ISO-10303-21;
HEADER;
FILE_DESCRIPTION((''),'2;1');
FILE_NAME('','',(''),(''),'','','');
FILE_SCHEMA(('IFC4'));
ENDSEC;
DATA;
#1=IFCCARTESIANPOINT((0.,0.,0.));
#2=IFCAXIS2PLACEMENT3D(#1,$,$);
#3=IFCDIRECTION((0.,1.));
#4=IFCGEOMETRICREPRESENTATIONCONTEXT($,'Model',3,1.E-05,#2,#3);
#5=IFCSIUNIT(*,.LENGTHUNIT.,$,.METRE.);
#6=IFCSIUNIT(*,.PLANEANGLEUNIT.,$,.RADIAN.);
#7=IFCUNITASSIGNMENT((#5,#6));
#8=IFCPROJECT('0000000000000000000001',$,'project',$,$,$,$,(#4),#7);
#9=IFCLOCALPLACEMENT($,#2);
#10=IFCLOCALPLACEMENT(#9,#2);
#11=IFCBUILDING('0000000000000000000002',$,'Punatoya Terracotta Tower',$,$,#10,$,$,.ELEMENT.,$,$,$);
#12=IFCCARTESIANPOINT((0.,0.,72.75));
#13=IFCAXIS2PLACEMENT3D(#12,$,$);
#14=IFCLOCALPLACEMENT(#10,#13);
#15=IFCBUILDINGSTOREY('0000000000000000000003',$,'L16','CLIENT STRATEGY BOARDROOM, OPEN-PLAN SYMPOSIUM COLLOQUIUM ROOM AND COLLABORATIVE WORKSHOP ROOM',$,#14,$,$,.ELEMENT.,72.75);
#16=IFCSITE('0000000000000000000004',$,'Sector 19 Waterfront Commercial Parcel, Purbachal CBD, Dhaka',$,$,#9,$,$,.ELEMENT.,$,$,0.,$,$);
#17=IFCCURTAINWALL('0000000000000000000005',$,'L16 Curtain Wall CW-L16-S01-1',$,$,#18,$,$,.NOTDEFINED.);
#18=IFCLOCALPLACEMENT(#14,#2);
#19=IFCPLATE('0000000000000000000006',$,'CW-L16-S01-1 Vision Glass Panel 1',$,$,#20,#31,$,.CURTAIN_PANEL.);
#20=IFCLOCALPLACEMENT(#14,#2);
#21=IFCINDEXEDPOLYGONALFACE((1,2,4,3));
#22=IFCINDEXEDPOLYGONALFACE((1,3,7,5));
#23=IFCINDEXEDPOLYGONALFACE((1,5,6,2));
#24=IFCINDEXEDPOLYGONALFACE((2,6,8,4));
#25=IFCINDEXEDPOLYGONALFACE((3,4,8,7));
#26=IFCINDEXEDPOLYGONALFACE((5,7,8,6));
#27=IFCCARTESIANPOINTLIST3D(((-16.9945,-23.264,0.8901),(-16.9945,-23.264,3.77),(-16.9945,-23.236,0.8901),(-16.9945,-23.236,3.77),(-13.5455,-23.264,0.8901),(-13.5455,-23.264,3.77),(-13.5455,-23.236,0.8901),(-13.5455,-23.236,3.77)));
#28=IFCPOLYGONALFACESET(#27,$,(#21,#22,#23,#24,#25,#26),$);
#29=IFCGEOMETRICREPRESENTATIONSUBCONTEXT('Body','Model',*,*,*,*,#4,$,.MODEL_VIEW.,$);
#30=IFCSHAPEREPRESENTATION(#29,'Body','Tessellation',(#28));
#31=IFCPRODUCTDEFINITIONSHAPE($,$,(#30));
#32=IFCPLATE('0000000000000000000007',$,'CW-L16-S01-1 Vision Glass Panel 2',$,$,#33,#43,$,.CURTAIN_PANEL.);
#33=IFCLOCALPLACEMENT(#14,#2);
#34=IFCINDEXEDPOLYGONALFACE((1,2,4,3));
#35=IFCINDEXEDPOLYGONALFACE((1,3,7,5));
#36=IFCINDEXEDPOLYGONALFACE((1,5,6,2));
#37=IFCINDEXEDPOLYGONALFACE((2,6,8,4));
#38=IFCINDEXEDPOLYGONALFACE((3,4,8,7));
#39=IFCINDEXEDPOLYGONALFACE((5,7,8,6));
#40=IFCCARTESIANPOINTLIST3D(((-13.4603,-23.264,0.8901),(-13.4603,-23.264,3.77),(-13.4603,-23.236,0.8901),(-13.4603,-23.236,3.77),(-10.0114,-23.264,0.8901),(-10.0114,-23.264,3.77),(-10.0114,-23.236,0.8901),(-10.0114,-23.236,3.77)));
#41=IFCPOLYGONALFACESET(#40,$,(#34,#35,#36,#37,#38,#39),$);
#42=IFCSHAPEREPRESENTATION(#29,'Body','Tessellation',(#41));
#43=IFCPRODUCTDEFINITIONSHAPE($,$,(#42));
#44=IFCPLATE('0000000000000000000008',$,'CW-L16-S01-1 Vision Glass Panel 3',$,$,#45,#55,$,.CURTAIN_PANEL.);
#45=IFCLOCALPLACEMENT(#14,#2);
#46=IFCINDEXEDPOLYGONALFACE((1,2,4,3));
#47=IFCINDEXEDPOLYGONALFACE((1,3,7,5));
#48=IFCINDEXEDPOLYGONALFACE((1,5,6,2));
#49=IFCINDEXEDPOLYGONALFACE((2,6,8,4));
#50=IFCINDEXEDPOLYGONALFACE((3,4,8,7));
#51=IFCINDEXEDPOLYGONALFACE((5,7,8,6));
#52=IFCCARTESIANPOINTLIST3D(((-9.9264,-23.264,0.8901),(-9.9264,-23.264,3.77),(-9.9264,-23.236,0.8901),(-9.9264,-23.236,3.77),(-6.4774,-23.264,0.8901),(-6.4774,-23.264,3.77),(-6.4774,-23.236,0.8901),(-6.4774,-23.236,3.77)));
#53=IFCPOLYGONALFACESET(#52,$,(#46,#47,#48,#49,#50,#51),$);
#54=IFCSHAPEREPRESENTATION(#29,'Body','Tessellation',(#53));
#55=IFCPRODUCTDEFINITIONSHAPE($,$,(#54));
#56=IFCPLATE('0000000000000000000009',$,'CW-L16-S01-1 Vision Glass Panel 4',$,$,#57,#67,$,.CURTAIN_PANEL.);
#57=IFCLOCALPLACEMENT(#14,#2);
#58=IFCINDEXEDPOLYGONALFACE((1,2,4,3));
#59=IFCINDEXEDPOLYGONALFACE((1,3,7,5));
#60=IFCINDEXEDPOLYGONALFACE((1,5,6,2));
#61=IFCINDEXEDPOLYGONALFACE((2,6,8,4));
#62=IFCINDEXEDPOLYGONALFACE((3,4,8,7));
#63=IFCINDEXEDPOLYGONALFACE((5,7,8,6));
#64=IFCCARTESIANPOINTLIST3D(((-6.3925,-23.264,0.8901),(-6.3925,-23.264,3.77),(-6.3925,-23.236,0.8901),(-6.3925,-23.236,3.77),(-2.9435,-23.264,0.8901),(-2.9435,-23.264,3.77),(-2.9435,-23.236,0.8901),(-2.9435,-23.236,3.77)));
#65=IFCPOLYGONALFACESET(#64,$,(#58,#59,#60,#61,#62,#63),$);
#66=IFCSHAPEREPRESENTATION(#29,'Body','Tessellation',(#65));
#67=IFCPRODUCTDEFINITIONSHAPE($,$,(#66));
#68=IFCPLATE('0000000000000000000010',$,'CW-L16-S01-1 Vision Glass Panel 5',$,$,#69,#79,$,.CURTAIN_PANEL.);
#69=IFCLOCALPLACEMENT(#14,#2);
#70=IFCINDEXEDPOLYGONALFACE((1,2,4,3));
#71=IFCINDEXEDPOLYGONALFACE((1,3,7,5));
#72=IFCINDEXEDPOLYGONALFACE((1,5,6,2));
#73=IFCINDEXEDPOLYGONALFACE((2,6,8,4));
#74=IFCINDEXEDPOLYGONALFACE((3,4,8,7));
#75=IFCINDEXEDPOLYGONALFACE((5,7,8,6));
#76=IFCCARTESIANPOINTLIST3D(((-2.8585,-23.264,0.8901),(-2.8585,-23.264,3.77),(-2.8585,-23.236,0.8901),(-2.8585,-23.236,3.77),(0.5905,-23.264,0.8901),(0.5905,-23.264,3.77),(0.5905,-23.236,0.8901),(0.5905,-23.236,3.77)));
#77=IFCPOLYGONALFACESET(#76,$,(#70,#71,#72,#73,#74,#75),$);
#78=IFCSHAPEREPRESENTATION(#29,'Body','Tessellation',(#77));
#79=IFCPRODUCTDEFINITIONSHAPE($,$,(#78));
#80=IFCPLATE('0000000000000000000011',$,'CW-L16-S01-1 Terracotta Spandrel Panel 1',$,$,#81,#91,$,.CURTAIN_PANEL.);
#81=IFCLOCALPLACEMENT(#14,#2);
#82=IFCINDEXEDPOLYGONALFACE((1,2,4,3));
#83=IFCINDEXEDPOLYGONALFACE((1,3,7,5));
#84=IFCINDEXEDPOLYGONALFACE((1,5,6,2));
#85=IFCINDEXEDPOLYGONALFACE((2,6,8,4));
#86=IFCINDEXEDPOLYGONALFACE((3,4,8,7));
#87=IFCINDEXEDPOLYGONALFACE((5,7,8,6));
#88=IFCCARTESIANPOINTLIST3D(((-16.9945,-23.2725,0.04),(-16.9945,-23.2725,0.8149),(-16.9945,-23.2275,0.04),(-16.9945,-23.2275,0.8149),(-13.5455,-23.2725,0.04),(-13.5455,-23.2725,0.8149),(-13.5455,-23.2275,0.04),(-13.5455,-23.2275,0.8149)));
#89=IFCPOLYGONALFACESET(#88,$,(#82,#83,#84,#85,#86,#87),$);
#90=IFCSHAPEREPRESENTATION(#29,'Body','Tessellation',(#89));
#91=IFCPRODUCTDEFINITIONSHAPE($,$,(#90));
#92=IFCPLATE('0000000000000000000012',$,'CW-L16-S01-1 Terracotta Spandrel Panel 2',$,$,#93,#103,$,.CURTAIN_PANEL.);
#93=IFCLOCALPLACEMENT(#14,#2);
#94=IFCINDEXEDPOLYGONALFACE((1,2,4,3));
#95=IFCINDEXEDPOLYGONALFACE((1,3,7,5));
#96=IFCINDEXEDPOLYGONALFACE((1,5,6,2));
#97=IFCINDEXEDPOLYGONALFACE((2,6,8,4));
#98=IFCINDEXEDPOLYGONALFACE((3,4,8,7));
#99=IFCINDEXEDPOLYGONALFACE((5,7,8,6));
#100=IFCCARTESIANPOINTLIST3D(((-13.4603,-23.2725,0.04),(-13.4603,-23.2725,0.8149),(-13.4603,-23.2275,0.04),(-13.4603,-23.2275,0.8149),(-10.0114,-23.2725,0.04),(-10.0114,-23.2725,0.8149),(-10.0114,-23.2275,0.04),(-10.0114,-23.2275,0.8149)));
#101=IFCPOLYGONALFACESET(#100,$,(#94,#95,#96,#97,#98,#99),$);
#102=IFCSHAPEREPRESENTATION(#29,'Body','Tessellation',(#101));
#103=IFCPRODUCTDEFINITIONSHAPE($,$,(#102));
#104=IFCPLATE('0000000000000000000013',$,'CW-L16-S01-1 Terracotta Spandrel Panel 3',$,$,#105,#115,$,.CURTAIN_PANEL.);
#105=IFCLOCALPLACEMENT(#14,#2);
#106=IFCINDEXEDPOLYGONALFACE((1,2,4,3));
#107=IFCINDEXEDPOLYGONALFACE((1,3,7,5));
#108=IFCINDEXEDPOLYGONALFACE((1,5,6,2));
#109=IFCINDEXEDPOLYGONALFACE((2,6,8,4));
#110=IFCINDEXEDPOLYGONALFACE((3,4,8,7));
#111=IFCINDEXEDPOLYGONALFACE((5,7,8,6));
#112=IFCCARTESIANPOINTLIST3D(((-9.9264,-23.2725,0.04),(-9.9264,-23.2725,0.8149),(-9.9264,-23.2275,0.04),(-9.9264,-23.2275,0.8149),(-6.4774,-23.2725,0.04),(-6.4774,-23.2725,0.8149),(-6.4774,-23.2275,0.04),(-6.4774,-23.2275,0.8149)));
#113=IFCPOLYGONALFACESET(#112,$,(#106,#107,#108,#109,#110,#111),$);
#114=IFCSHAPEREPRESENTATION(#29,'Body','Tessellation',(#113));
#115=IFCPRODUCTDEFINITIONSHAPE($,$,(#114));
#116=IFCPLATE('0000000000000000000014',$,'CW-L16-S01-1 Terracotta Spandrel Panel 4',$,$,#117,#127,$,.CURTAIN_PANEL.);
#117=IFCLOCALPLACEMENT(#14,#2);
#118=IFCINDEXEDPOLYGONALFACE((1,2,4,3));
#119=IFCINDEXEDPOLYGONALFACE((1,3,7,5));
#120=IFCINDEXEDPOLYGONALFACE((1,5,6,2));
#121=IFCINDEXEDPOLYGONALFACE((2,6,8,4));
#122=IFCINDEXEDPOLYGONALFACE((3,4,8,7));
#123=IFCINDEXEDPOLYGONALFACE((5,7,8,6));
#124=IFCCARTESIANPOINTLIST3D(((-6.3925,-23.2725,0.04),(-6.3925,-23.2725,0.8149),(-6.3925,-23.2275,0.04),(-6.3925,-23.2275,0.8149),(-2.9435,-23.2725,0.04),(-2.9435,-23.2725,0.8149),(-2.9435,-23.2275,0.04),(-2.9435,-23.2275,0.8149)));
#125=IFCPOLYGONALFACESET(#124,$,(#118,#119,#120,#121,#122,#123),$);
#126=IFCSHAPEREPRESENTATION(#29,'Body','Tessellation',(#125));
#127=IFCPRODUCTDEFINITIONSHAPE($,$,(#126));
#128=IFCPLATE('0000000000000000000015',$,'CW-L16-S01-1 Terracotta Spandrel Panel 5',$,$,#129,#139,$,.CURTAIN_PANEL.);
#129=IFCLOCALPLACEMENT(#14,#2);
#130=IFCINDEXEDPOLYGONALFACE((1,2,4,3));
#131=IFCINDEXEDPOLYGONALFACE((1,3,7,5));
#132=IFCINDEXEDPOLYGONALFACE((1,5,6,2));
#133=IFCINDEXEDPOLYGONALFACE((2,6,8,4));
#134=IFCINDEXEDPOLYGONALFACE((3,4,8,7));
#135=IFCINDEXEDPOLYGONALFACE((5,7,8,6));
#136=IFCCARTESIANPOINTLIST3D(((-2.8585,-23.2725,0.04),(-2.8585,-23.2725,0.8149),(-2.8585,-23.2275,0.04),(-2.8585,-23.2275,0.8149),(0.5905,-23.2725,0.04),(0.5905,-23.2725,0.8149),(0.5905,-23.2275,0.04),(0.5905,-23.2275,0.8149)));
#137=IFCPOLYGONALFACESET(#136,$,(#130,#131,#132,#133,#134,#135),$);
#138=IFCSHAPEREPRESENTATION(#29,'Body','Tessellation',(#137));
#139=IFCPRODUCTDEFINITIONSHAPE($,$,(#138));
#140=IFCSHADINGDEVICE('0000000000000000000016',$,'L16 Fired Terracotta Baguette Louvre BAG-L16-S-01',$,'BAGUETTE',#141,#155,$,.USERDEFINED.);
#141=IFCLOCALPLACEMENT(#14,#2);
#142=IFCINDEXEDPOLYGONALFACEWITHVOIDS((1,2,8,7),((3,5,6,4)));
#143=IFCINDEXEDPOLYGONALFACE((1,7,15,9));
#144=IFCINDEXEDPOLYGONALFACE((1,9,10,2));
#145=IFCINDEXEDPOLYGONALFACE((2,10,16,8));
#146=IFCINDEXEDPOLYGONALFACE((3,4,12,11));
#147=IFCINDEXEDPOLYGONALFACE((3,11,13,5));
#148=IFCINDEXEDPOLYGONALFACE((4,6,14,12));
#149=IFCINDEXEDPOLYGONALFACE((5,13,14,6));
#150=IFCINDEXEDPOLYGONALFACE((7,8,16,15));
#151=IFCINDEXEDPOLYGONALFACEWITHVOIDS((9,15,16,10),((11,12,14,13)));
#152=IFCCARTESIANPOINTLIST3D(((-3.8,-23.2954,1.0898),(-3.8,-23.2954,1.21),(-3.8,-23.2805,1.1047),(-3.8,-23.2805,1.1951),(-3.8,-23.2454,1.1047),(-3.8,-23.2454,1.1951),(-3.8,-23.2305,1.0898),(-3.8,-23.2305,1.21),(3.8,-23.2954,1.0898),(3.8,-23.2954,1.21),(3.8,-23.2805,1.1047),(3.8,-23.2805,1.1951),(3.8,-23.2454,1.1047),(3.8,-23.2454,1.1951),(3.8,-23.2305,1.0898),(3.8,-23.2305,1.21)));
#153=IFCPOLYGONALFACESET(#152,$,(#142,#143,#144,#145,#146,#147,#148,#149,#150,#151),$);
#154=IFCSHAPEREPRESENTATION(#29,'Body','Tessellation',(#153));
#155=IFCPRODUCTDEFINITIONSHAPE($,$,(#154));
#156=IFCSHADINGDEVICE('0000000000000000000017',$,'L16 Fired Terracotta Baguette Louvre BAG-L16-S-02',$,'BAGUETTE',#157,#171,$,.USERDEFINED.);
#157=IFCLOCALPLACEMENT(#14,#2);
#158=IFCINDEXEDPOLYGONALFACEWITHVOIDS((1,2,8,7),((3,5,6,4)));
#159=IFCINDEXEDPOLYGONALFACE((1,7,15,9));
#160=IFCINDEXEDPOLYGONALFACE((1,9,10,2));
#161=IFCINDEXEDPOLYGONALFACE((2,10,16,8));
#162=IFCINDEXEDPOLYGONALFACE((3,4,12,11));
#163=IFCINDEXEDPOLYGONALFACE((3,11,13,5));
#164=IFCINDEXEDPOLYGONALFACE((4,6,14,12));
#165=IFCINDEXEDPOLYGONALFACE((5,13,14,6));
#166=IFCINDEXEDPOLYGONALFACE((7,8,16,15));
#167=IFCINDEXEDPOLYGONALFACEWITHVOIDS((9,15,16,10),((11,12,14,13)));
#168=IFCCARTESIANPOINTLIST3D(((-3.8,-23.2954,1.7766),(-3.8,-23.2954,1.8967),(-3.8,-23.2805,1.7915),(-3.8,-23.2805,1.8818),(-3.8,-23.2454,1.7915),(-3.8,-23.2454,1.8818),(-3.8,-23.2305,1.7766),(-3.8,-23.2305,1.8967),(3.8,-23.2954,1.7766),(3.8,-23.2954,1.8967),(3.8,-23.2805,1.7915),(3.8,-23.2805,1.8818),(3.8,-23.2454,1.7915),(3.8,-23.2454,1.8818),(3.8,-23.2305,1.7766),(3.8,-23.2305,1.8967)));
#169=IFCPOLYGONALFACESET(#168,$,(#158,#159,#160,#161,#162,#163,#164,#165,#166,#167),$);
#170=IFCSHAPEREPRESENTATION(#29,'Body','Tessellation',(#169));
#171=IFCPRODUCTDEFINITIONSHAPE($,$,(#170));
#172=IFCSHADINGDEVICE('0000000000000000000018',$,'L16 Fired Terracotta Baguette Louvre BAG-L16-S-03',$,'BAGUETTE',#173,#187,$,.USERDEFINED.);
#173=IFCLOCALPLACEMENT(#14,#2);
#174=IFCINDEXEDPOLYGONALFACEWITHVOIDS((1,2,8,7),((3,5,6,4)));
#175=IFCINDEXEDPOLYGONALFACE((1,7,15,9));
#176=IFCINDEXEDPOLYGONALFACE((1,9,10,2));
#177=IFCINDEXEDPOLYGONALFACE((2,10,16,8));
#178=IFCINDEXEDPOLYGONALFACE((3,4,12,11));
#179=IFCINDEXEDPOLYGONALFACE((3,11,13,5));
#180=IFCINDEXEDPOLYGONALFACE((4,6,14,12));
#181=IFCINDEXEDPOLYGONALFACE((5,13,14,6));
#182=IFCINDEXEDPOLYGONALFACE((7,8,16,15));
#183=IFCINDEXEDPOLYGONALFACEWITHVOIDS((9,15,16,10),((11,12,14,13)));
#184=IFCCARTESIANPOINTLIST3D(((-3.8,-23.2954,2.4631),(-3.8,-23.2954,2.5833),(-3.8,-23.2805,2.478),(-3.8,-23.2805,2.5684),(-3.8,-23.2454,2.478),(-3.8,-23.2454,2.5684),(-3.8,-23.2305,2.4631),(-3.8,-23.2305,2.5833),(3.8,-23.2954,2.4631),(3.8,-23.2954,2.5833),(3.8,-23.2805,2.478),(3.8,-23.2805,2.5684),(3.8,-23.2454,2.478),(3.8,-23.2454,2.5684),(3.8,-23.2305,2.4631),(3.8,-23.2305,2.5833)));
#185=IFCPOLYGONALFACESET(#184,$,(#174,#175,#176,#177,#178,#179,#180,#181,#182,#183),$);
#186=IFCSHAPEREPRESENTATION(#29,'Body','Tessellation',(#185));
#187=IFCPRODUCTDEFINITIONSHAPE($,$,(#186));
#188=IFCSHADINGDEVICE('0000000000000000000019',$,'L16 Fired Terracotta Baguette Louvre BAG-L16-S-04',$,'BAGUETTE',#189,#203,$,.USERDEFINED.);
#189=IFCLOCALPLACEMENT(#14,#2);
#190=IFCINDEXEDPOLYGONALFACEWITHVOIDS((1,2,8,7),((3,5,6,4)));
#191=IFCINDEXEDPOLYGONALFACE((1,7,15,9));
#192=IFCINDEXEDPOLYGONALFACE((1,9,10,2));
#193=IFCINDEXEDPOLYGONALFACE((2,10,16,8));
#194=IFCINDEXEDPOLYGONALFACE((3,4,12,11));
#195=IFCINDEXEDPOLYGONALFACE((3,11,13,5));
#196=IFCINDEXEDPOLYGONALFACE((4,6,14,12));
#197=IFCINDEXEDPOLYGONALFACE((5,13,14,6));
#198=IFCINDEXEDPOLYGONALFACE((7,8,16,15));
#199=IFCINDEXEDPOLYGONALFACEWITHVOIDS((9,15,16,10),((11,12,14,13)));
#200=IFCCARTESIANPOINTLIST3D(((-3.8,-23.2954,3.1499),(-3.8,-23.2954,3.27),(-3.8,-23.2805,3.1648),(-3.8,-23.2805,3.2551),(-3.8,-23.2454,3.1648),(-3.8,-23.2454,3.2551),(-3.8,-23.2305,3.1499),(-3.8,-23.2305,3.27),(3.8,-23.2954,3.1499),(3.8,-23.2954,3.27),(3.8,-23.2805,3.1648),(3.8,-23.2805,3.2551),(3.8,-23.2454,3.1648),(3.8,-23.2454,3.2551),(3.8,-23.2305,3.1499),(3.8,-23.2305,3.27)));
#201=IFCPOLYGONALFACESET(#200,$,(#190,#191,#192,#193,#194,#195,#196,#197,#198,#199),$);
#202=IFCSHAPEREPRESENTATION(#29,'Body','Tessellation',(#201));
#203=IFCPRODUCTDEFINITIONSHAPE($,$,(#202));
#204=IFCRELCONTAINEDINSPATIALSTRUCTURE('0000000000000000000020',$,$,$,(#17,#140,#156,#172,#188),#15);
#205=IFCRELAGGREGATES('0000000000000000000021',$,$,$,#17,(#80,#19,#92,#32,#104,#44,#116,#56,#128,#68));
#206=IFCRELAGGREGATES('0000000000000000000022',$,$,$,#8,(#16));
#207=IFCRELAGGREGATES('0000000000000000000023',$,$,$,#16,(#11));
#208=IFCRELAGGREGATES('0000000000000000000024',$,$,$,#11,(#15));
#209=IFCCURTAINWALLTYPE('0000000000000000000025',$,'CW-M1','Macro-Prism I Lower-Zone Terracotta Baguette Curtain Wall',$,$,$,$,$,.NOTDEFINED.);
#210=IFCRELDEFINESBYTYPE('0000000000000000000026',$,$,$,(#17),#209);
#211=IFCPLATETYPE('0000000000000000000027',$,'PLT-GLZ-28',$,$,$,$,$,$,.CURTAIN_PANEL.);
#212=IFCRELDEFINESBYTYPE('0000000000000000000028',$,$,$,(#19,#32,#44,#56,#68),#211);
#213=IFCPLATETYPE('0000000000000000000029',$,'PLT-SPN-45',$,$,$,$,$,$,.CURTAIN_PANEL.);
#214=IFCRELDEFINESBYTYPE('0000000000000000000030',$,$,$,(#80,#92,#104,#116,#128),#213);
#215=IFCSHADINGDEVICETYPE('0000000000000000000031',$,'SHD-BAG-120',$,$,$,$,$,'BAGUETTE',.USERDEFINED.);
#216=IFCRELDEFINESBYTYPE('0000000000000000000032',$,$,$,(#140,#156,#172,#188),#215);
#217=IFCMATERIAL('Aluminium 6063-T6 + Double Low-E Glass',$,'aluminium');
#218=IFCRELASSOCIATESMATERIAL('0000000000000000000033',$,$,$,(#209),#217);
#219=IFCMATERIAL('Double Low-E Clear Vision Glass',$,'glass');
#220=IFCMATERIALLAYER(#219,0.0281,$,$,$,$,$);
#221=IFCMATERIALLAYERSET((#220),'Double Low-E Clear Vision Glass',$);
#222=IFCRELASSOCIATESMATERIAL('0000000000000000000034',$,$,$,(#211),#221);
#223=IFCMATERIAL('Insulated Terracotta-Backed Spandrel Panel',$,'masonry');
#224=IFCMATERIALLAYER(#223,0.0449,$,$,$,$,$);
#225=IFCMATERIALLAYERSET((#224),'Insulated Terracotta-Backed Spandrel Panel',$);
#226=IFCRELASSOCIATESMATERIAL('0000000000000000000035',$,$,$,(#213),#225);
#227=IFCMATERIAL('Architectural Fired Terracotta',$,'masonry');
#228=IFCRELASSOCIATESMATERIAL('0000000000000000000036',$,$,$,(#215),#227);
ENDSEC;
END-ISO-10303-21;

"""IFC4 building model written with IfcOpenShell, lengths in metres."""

from ifc_helpers import new_model, si_unit, direction, frame, origin, origin_2d, place, context, subcontext, project, spatial, rectangle, hollow_rectangle, extrude, material, layer, layer_set, material_profile, profile_set, type_object, element, aggregate, save


model = new_model("IFC4")

# Units and contexts
model_context = context("Model", 3, precision=1e-05, world=origin(), true_north=direction((0.0, 1.0)))
body_context = subcontext(model_context, "Body", "Model", "MODEL_VIEW")
ifc_project = project(units=[si_unit("LENGTHUNIT", "METRE"), si_unit("PLANEANGLEUNIT", "RADIAN")], contexts=[model_context])

# Site, building, storey
site_placement = place(None, origin())
site = spatial("IfcSite", under=ifc_project, at=site_placement, Name="Sector 19 Waterfront Commercial Parcel, Purbachal CBD, Dhaka", CompositionType="ELEMENT", RefElevation=0.0)
building_placement = place(site_placement, origin())
building = spatial("IfcBuilding", under=site, at=building_placement, Name="Punatoya Terracotta Tower", CompositionType="ELEMENT")
storey_placement = place(building_placement, frame((0.0, 0.0, 72.75)))
storey = spatial("IfcBuildingStorey", under=building, at=storey_placement, Name="L16", Description="CLIENT STRATEGY BOARDROOM, OPEN-PLAN SYMPOSIUM COLLOQUIUM ROOM AND COLLABORATIVE WORKSHOP ROOM", CompositionType="ELEMENT", Elevation=72.75)

# Curtain wall
ifc_material_1 = material(Name="Aluminium 6063-T6 + Double Low-E Glass", Category="aluminium")
curtain_wall_type = type_object("IfcCurtainWallType", Name="CW-M1", Description="Macro-Prism I Lower-Zone Terracotta Baguette Curtain Wall", PredefinedType="NOTDEFINED", material=ifc_material_1)
curtain_wall_placement = place(storey_placement, origin())
curtain_wall = element("IfcCurtainWall", 1, at=curtain_wall_placement, inside=storey, type_object=curtain_wall_type, Name="L16 Curtain Wall CW-L16-S01-1", PredefinedType="NOTDEFINED")

# Plates
ifc_material_2 = material(Name="Double Low-E Clear Vision Glass", Category="glass")
ifc_layer_1 = layer(ifc_material_2, 0.0281)
ifc_layer_set_1 = layer_set([ifc_layer_1], Name="Double Low-E Clear Vision Glass")
plate_type_1 = type_object("IfcPlateType", Name="PLT-GLZ-28", PredefinedType="CURTAIN_PANEL", material=ifc_layer_set_1)
plate_1_placement = place(storey_placement, frame((-15.27, -23.25, 0.8901), z_axis=(0.0, 0.0, 1.0), x_axis=(1.0, 0.0, 0.0)))
plate_1 = element("IfcPlate", 2, at=plate_1_placement, type_object=plate_type_1, Name="CW-L16-S01-1 Vision Glass Panel 1", PredefinedType="CURTAIN_PANEL", context=body_context, shape_type="SweptSolid", body=[
    extrude(rectangle(XDim=3.449, YDim=0.0281, at=origin_2d()), origin(), (0.0, 0.0, 1.0), 2.8799),
])
plate_2_placement = place(storey_placement, frame((-11.7358, -23.25, 0.8901), z_axis=(0.0, 0.0, 1.0), x_axis=(1.0, 0.0, 0.0)))
plate_2 = element("IfcPlate", 3, at=plate_2_placement, type_object=plate_type_1, Name="CW-L16-S01-1 Vision Glass Panel 2", PredefinedType="CURTAIN_PANEL", context=body_context, shape_type="SweptSolid", body=[
    extrude(rectangle(XDim=3.449, YDim=0.0281, at=origin_2d()), origin(), (0.0, 0.0, 1.0), 2.8799),
])
plate_3_placement = place(storey_placement, frame((-8.2019, -23.25, 0.8901), z_axis=(0.0, 0.0, 1.0), x_axis=(1.0, 0.0, 0.0)))
plate_3 = element("IfcPlate", 4, at=plate_3_placement, type_object=plate_type_1, Name="CW-L16-S01-1 Vision Glass Panel 3", PredefinedType="CURTAIN_PANEL", context=body_context, shape_type="SweptSolid", body=[
    extrude(rectangle(XDim=3.449, YDim=0.0281, at=origin_2d()), origin(), (0.0, 0.0, 1.0), 2.8799),
])
plate_4_placement = place(storey_placement, frame((-4.668, -23.25, 0.8901), z_axis=(0.0, 0.0, 1.0), x_axis=(1.0, 0.0, 0.0)))
plate_4 = element("IfcPlate", 5, at=plate_4_placement, type_object=plate_type_1, Name="CW-L16-S01-1 Vision Glass Panel 4", PredefinedType="CURTAIN_PANEL", context=body_context, shape_type="SweptSolid", body=[
    extrude(rectangle(XDim=3.449, YDim=0.0281, at=origin_2d()), origin(), (0.0, 0.0, 1.0), 2.8799),
])
plate_5_placement = place(storey_placement, frame((-1.134, -23.25, 0.8901), z_axis=(0.0, 0.0, 1.0), x_axis=(1.0, 0.0, 0.0)))
plate_5 = element("IfcPlate", 6, at=plate_5_placement, type_object=plate_type_1, Name="CW-L16-S01-1 Vision Glass Panel 5", PredefinedType="CURTAIN_PANEL", context=body_context, shape_type="SweptSolid", body=[
    extrude(rectangle(XDim=3.449, YDim=0.0281, at=origin_2d()), origin(), (0.0, 0.0, 1.0), 2.8799),
])
ifc_material_3 = material(Name="Insulated Terracotta-Backed Spandrel Panel", Category="masonry")
ifc_layer_2 = layer(ifc_material_3, 0.0449)
ifc_layer_set_2 = layer_set([ifc_layer_2], Name="Insulated Terracotta-Backed Spandrel Panel")
plate_type_2 = type_object("IfcPlateType", Name="PLT-SPN-45", PredefinedType="CURTAIN_PANEL", material=ifc_layer_set_2)
plate_6_placement = place(storey_placement, frame((-15.27, -23.25, 0.04), z_axis=(0.0, 0.0, 1.0), x_axis=(1.0, 0.0, 0.0)))
plate_6 = element("IfcPlate", 7, at=plate_6_placement, type_object=plate_type_2, Name="CW-L16-S01-1 Terracotta Spandrel Panel 1", PredefinedType="CURTAIN_PANEL", context=body_context, shape_type="SweptSolid", body=[
    extrude(rectangle(XDim=3.449, YDim=0.0449, at=origin_2d()), origin(), (0.0, 0.0, 1.0), 0.7749),
])
plate_7_placement = place(storey_placement, frame((-11.7358, -23.25, 0.04), z_axis=(0.0, 0.0, 1.0), x_axis=(1.0, 0.0, 0.0)))
plate_7 = element("IfcPlate", 8, at=plate_7_placement, type_object=plate_type_2, Name="CW-L16-S01-1 Terracotta Spandrel Panel 2", PredefinedType="CURTAIN_PANEL", context=body_context, shape_type="SweptSolid", body=[
    extrude(rectangle(XDim=3.449, YDim=0.0449, at=origin_2d()), origin(), (0.0, 0.0, 1.0), 0.7749),
])
plate_8_placement = place(storey_placement, frame((-8.2019, -23.25, 0.04), z_axis=(0.0, 0.0, 1.0), x_axis=(1.0, 0.0, 0.0)))
plate_8 = element("IfcPlate", 9, at=plate_8_placement, type_object=plate_type_2, Name="CW-L16-S01-1 Terracotta Spandrel Panel 3", PredefinedType="CURTAIN_PANEL", context=body_context, shape_type="SweptSolid", body=[
    extrude(rectangle(XDim=3.449, YDim=0.0449, at=origin_2d()), origin(), (0.0, 0.0, 1.0), 0.7749),
])
plate_9_placement = place(storey_placement, frame((-4.668, -23.25, 0.04), z_axis=(0.0, 0.0, 1.0), x_axis=(1.0, 0.0, 0.0)))
plate_9 = element("IfcPlate", 10, at=plate_9_placement, type_object=plate_type_2, Name="CW-L16-S01-1 Terracotta Spandrel Panel 4", PredefinedType="CURTAIN_PANEL", context=body_context, shape_type="SweptSolid", body=[
    extrude(rectangle(XDim=3.449, YDim=0.0449, at=origin_2d()), origin(), (0.0, 0.0, 1.0), 0.7749),
])
plate_10_placement = place(storey_placement, frame((-1.134, -23.25, 0.04), z_axis=(0.0, 0.0, 1.0), x_axis=(1.0, 0.0, 0.0)))
plate_10 = element("IfcPlate", 11, at=plate_10_placement, type_object=plate_type_2, Name="CW-L16-S01-1 Terracotta Spandrel Panel 5", PredefinedType="CURTAIN_PANEL", context=body_context, shape_type="SweptSolid", body=[
    extrude(rectangle(XDim=3.449, YDim=0.0449, at=origin_2d()), origin(), (0.0, 0.0, 1.0), 0.7749),
])
aggregate(curtain_wall, [plate_6, plate_1, plate_7, plate_2, plate_8, plate_3, plate_9, plate_4, plate_10, plate_5])

# Shading devices
ifc_material_4 = material(Name="Architectural Fired Terracotta", Category="masonry")
ifc_material_profile_1 = material_profile(ifc_material_4, hollow_rectangle(XDim=0.0649, YDim=0.1201, WallThickness=0.0149, at=origin_2d()))
ifc_profile_set_1 = profile_set([ifc_material_profile_1], Name="Architectural Fired Terracotta")
shading_device_type = type_object("IfcShadingDeviceType", Name="SHD-BAG-120", ElementType="BAGUETTE", PredefinedType="USERDEFINED", material=ifc_profile_set_1)
for number, where, z_axis, x_axis, name in (
    (12, (-3.8, -23.2629, 1.1499), (1.0, 0.0, 0.0), (0.0, 1.0, 0.0), "L16 Fired Terracotta Baguette Louvre BAG-L16-S-01"),
    (13, (-3.8, -23.2629, 1.8367), (1.0, 0.0, 0.0), (0.0, 1.0, 0.0), "L16 Fired Terracotta Baguette Louvre BAG-L16-S-02"),
    (14, (-3.8, -23.2629, 2.5232), (1.0, 0.0, 0.0), (0.0, 1.0, 0.0), "L16 Fired Terracotta Baguette Louvre BAG-L16-S-03"),
    (15, (-3.8, -23.2629, 3.21), (1.0, 0.0, 0.0), (0.0, 1.0, 0.0), "L16 Fired Terracotta Baguette Louvre BAG-L16-S-04"),
):
    element("IfcShadingDevice", number, at=place(storey_placement, frame(where, z_axis=z_axis, x_axis=x_axis)), inside=storey, type_object=shading_device_type, Name=name, ObjectType="BAGUETTE", PredefinedType="USERDEFINED", context=body_context, shape_type="SweptSolid", body=[
        extrude(hollow_rectangle(XDim=0.0649, YDim=0.1201, WallThickness=0.0149, at=origin_2d()), origin(), (0.0, 0.0, 1.0), 7.6001),
    ])

save(model, "model.ifc")
